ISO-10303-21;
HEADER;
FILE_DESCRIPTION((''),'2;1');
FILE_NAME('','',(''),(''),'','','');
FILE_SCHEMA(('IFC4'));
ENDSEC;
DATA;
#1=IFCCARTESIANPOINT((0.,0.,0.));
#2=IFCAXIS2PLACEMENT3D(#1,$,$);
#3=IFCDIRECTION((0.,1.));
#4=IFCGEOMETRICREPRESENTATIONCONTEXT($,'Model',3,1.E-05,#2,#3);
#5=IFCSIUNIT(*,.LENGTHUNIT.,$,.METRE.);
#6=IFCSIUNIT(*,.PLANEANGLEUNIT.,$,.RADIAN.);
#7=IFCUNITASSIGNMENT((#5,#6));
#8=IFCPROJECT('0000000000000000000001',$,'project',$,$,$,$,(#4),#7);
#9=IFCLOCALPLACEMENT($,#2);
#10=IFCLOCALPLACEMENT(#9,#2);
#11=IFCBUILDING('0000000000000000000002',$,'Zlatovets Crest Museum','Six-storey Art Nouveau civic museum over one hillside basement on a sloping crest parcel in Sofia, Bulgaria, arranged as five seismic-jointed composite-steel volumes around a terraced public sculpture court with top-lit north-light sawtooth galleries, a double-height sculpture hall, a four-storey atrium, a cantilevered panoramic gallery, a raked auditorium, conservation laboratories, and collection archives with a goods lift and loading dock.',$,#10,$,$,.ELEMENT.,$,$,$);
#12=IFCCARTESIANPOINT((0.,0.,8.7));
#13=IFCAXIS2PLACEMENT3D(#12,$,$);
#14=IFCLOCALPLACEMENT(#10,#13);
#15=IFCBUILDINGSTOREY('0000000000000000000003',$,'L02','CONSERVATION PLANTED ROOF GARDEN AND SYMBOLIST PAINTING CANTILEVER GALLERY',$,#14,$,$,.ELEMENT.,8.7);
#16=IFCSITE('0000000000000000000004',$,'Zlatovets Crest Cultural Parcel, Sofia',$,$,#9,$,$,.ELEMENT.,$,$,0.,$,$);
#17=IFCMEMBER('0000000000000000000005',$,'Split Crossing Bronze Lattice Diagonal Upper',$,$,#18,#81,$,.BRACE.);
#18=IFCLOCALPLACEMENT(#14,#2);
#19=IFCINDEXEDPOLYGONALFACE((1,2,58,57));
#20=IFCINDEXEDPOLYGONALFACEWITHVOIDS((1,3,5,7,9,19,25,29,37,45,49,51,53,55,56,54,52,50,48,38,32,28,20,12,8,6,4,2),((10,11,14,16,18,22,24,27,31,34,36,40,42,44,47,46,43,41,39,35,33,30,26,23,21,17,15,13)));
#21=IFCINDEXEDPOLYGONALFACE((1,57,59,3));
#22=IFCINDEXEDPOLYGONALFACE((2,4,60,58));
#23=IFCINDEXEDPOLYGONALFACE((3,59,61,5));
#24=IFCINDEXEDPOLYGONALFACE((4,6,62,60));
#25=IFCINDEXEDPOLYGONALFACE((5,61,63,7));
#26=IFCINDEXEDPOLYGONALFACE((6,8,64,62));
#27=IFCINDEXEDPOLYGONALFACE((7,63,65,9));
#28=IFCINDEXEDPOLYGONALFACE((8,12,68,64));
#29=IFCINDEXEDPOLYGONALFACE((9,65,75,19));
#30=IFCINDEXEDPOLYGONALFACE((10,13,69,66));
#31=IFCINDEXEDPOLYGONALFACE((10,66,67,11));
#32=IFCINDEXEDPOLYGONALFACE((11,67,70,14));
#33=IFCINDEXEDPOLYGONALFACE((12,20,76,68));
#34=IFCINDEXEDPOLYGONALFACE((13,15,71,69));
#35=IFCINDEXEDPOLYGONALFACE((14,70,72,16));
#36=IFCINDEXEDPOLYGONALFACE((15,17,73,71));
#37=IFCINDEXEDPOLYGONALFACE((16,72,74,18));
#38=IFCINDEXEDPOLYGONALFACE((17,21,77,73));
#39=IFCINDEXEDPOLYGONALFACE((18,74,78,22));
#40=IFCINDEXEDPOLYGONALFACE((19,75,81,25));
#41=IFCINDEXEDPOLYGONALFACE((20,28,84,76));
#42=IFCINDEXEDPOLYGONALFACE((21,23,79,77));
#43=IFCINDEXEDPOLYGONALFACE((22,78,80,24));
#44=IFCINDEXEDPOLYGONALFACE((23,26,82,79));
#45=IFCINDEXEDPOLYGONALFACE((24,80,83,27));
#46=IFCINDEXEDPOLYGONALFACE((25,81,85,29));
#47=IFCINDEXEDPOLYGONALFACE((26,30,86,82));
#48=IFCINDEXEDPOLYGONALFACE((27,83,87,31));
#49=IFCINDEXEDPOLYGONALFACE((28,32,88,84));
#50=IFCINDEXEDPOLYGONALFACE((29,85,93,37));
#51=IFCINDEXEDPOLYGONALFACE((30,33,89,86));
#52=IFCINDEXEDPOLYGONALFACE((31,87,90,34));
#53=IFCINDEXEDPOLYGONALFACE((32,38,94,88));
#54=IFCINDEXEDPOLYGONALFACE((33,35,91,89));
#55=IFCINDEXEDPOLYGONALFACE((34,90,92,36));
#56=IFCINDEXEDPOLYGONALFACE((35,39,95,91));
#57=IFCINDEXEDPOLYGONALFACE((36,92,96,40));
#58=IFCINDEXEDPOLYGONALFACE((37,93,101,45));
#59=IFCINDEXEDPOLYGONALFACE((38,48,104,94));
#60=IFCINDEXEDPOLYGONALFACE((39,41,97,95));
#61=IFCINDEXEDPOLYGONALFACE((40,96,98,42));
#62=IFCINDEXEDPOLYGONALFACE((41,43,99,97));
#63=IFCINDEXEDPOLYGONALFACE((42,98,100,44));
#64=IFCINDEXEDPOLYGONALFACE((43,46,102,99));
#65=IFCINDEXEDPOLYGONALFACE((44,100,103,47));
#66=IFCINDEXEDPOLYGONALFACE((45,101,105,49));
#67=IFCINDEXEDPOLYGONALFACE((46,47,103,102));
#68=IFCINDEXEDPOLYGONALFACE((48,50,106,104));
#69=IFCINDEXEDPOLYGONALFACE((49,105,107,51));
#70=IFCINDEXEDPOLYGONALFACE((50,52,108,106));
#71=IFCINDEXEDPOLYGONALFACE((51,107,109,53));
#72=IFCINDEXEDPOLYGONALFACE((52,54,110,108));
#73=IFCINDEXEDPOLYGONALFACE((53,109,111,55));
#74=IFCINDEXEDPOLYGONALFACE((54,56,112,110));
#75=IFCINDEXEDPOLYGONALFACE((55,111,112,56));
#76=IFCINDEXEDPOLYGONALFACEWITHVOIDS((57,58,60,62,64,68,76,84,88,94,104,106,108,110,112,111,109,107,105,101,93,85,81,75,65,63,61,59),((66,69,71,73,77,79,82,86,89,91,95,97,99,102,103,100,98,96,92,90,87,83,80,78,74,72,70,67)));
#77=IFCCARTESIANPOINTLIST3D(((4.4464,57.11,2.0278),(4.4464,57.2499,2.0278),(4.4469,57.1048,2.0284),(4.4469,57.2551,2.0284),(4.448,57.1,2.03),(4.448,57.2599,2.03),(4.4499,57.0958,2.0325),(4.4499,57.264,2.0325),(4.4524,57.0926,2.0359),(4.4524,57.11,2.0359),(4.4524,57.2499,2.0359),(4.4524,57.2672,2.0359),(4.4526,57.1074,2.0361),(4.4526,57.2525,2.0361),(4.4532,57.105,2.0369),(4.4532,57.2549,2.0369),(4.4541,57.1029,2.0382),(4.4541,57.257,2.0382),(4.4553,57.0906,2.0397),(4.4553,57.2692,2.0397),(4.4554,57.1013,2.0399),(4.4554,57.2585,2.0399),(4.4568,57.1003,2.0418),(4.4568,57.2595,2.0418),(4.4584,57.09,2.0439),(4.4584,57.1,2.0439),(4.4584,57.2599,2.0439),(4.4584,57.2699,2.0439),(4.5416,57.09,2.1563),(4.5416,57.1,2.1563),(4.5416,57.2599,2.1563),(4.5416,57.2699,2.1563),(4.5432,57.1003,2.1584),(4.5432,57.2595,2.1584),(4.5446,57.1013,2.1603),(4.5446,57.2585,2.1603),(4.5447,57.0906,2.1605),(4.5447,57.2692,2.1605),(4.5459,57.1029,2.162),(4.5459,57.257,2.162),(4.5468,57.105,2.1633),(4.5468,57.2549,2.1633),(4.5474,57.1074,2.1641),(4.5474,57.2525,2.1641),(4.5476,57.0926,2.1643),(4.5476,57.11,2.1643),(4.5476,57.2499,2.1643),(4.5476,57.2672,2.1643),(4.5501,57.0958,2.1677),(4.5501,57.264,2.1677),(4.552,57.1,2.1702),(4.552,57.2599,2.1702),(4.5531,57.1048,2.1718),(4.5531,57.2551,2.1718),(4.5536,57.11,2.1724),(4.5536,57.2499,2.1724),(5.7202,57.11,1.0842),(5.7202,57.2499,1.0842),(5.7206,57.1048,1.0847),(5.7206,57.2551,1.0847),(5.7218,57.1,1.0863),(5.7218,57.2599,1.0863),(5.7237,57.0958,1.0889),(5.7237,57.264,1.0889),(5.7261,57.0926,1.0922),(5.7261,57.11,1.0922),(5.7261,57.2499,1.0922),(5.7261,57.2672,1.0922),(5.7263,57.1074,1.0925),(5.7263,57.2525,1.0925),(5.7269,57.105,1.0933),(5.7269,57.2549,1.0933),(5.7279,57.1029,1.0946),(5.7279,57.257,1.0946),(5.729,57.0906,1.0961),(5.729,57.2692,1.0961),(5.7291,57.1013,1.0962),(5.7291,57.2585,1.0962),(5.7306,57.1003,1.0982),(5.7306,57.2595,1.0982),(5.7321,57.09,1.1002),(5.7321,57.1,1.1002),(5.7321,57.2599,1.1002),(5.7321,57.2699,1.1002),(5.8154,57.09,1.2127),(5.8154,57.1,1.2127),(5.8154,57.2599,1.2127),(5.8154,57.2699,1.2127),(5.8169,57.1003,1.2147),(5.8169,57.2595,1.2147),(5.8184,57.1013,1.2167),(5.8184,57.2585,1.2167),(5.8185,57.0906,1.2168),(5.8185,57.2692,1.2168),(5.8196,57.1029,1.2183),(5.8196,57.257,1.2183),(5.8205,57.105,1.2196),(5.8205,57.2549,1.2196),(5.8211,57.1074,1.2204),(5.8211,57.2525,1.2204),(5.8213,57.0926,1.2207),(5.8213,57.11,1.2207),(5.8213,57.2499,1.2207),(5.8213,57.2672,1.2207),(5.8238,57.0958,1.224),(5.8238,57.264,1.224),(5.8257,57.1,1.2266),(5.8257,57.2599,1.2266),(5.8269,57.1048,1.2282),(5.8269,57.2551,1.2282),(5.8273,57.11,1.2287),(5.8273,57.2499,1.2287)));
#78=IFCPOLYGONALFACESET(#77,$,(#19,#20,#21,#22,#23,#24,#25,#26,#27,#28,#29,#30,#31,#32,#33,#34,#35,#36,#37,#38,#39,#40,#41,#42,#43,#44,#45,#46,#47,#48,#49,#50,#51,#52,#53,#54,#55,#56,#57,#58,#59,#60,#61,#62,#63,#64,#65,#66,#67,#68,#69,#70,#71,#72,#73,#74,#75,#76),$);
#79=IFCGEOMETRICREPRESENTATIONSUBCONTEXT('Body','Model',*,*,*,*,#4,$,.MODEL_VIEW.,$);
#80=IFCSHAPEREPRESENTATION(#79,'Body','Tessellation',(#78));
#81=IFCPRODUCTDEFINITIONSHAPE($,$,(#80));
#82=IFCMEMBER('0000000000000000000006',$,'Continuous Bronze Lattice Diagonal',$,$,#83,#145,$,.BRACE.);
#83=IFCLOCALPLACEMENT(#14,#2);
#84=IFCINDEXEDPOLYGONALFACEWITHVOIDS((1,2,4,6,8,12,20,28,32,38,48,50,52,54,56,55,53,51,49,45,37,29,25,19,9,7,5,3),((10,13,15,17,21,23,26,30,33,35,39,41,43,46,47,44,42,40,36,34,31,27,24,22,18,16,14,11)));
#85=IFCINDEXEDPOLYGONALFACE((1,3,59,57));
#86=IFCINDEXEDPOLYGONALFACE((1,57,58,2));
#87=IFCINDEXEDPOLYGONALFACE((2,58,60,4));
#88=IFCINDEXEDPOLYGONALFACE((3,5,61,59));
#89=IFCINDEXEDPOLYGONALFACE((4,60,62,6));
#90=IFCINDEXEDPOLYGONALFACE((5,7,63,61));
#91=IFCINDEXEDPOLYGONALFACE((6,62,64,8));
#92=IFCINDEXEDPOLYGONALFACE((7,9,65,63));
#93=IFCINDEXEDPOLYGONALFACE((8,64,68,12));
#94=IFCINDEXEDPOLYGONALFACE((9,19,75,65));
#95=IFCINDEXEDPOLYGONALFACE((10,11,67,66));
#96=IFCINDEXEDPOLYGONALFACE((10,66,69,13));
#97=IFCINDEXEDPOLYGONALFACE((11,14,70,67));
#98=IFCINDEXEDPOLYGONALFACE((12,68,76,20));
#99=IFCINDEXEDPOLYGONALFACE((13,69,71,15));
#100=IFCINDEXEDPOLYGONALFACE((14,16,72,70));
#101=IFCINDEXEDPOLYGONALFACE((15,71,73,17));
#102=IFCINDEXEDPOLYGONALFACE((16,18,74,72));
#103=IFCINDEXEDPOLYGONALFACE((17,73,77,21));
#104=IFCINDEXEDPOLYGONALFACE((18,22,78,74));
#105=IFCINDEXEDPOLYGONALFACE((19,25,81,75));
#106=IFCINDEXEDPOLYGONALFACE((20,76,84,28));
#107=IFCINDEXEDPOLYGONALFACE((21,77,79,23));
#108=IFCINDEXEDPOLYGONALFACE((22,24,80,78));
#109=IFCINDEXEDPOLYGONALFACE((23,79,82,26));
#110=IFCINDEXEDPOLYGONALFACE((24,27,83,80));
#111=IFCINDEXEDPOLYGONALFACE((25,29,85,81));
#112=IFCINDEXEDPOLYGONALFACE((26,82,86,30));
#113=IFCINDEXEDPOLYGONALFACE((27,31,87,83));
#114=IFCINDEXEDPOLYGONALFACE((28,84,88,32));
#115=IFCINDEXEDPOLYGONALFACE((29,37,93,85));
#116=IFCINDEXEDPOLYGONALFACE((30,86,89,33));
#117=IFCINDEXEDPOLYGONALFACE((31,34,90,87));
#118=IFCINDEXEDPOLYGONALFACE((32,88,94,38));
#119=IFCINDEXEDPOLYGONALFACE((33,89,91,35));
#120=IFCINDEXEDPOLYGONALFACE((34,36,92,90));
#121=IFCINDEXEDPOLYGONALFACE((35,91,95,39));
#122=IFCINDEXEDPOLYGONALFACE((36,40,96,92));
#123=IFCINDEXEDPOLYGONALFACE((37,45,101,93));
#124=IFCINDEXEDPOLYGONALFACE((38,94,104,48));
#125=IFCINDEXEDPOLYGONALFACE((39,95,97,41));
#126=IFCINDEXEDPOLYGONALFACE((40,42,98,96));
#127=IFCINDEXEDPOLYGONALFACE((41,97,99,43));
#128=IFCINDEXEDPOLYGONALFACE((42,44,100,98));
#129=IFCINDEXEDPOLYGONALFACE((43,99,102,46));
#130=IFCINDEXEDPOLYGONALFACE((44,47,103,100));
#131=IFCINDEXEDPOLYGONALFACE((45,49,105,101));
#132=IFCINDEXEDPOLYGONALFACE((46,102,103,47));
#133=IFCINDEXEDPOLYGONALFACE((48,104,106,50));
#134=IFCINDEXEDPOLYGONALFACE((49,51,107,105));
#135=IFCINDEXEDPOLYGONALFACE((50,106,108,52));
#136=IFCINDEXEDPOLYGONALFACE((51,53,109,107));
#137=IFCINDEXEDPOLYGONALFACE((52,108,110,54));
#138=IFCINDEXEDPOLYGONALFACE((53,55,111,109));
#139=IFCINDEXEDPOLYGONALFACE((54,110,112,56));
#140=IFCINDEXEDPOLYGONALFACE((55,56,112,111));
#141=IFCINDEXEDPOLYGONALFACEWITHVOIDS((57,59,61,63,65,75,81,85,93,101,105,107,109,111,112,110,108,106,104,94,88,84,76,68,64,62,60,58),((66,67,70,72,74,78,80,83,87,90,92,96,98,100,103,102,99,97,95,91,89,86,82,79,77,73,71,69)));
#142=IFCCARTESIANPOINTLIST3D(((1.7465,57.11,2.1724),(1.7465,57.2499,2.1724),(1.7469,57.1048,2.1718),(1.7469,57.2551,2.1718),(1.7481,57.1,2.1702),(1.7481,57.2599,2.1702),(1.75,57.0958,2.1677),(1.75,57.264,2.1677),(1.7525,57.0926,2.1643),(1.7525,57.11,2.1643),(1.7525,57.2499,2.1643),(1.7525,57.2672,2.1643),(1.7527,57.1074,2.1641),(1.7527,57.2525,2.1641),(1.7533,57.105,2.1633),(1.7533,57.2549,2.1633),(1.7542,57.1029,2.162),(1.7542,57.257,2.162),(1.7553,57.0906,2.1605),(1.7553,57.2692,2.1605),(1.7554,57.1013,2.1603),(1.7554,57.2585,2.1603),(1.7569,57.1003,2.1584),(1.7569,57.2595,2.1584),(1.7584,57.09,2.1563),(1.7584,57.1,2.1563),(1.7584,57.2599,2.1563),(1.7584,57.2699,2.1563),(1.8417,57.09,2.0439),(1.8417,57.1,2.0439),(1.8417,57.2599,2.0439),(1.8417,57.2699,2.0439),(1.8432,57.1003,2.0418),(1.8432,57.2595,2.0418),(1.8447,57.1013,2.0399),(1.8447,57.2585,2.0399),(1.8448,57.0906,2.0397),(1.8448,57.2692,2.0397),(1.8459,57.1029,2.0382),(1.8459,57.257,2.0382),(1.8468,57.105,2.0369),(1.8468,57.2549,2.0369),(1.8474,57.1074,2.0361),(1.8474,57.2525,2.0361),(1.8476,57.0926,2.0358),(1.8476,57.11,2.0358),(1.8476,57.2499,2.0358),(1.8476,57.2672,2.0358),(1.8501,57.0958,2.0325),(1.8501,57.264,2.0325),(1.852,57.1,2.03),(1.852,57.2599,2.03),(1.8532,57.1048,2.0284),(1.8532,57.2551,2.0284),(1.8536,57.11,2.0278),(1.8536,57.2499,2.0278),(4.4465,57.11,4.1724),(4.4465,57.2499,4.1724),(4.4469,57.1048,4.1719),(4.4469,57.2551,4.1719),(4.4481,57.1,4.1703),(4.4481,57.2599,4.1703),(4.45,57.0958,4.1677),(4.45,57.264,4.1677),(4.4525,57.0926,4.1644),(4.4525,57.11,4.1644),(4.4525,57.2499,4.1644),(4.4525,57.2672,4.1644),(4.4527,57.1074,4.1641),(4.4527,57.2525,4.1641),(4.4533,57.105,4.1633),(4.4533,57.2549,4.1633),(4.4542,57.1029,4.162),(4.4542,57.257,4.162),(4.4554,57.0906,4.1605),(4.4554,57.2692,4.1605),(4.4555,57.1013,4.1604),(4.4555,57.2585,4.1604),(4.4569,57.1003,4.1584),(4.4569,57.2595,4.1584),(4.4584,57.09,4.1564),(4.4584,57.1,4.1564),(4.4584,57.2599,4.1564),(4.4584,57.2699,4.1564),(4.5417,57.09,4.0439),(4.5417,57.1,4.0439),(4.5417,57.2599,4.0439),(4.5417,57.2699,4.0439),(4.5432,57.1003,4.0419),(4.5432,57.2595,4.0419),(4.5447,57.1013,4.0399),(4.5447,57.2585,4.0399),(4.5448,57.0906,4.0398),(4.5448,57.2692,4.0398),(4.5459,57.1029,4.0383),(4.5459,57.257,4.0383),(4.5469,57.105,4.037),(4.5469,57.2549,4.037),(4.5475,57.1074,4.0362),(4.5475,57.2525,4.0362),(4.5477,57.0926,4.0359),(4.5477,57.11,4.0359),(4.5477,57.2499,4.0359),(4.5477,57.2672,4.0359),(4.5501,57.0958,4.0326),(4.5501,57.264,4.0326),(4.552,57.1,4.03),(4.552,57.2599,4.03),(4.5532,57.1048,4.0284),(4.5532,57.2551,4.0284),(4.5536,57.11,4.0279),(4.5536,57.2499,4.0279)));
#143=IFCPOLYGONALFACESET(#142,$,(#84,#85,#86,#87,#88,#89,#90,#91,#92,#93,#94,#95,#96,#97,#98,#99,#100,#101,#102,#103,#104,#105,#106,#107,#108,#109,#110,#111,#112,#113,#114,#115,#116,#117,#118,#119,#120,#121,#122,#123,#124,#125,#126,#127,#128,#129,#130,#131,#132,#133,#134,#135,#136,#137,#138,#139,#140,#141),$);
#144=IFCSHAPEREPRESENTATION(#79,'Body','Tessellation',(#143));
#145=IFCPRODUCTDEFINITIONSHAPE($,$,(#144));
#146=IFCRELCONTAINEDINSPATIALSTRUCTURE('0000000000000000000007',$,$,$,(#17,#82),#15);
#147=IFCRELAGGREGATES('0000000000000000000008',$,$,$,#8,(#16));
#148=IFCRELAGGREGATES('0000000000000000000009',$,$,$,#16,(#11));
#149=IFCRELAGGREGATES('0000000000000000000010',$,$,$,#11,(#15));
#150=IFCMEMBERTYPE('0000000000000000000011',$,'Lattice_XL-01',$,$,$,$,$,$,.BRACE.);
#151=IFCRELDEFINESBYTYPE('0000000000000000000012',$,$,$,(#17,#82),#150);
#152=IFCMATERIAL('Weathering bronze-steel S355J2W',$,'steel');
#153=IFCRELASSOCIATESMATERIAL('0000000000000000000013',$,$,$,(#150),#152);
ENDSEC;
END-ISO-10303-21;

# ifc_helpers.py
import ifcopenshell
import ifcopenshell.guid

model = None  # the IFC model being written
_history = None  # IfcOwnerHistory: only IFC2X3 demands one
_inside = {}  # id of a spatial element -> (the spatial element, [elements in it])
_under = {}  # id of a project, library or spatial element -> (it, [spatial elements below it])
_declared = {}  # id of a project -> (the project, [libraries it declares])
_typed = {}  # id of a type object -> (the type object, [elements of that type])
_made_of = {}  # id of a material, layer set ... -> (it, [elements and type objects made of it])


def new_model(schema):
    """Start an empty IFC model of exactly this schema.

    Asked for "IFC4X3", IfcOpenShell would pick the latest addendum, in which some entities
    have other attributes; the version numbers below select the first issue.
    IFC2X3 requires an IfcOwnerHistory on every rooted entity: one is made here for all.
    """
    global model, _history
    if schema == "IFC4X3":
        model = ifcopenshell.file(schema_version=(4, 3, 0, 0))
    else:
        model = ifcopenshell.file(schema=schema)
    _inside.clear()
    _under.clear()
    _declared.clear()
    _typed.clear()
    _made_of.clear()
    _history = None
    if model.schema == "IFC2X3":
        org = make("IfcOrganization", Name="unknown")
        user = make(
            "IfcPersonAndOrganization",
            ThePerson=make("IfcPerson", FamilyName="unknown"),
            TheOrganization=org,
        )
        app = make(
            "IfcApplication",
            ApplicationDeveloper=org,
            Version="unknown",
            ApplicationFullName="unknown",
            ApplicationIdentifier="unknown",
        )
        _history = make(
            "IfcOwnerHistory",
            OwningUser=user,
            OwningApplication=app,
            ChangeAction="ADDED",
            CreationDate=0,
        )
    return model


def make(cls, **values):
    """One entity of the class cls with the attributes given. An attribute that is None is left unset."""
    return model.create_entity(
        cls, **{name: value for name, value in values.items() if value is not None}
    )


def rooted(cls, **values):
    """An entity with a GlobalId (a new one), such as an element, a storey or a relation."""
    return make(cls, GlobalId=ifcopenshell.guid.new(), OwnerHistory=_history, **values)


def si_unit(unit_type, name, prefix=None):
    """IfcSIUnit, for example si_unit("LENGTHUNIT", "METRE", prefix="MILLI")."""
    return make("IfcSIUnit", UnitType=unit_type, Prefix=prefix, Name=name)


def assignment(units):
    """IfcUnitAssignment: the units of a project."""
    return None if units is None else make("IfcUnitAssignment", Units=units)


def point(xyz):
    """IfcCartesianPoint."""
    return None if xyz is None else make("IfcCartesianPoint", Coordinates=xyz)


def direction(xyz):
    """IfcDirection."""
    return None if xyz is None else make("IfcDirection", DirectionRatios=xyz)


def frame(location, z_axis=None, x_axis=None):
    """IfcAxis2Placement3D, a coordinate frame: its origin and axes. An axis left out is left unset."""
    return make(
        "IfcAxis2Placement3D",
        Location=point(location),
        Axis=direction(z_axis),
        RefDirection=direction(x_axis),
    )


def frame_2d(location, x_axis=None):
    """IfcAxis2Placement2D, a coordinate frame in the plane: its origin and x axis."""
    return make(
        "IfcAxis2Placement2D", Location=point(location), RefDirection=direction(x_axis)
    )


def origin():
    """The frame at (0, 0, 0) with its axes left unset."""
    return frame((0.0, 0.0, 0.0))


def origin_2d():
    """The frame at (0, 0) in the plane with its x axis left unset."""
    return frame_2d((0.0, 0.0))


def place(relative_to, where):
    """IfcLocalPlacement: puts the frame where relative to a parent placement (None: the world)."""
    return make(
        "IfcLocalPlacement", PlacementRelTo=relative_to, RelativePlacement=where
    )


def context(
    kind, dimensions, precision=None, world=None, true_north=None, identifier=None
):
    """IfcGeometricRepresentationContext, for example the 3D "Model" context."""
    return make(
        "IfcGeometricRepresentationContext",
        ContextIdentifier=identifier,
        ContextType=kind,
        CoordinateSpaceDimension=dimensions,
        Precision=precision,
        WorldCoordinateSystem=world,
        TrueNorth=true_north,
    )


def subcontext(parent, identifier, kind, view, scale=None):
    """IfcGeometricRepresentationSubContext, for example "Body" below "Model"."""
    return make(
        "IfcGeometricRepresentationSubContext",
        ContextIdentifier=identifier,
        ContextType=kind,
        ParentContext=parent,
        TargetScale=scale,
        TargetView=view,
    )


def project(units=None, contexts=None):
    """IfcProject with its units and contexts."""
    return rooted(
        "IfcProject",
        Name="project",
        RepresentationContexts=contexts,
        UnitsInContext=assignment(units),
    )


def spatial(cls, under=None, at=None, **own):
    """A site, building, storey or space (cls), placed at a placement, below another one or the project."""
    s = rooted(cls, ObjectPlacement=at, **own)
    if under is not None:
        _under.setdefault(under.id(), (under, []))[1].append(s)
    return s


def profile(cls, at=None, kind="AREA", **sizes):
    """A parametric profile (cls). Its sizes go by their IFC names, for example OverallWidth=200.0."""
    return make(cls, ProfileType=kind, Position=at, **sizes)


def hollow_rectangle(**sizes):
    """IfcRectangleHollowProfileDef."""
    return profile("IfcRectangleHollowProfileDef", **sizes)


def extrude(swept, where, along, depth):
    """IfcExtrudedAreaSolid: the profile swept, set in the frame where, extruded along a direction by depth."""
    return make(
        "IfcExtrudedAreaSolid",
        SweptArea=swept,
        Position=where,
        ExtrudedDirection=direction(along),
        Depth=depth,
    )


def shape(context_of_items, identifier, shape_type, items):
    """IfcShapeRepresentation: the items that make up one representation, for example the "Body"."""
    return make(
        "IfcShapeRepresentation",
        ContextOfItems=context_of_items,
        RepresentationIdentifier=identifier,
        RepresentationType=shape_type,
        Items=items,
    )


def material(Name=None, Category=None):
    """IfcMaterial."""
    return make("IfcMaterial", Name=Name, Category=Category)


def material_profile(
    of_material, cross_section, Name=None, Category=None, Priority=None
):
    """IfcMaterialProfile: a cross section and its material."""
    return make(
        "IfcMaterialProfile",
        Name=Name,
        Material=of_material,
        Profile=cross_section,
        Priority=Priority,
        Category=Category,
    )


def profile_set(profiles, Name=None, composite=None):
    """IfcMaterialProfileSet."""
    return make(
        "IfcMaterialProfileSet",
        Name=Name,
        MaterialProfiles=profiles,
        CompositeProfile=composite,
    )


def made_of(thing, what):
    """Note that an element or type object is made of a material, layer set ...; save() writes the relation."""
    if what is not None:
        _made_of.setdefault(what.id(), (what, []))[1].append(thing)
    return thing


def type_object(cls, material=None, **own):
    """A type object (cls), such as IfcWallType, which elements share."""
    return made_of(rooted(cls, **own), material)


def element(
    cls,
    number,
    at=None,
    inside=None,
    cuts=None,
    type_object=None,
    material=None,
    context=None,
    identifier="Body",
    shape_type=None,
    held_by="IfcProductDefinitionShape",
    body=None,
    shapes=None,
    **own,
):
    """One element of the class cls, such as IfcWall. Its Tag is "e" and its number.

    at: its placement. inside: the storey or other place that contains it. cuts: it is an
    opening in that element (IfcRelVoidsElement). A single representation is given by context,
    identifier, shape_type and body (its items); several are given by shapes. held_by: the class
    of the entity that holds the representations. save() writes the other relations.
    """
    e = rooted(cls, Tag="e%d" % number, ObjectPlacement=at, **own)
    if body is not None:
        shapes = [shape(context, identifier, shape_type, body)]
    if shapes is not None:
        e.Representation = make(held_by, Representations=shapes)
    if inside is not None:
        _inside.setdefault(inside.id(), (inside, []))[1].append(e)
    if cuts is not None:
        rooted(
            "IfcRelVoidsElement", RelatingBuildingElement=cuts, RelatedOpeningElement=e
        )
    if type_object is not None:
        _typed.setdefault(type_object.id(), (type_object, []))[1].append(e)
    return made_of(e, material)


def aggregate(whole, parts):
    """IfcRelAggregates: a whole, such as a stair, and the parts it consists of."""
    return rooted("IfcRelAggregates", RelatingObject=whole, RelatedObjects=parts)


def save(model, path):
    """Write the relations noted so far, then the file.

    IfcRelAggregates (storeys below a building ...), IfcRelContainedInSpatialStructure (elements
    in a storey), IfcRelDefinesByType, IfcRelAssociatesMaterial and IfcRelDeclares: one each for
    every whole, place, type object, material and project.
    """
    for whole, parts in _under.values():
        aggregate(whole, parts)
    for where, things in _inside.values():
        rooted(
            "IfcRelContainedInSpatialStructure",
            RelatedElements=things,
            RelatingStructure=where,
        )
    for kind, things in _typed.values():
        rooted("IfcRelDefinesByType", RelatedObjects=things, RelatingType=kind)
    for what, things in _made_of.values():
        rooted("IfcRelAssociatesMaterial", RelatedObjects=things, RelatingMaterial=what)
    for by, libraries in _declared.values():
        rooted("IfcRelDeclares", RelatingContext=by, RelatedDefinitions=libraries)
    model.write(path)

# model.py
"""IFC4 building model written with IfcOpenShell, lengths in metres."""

from ifc_helpers import new_model, si_unit, direction, frame, origin, origin_2d, place, context, subcontext, project, spatial, hollow_rectangle, extrude, material, material_profile, profile_set, type_object, element, save


model = new_model("IFC4")

# Units and contexts
model_context = context("Model", 3, precision=1e-05, world=origin(), true_north=direction((0.0, 1.0)))
body_context = subcontext(model_context, "Body", "Model", "MODEL_VIEW")
ifc_project = project(units=[si_unit("LENGTHUNIT", "METRE"), si_unit("PLANEANGLEUNIT", "RADIAN")], contexts=[model_context])

# Site, building, storey
site_placement = place(None, origin())
site = spatial("IfcSite", under=ifc_project, at=site_placement, Name="Zlatovets Crest Cultural Parcel, Sofia", CompositionType="ELEMENT", RefElevation=0.0)
building_placement = place(site_placement, origin())
building = spatial("IfcBuilding", under=site, at=building_placement, Name="Zlatovets Crest Museum", Description="Six-storey Art Nouveau civic museum over one hillside basement on a sloping crest parcel in Sofia, Bulgaria, arranged as five seismic-jointed composite-steel volumes around a terraced public sculpture court with top-lit north-light sawtooth galleries, a double-height sculpture hall, a four-storey atrium, a cantilevered panoramic gallery, a raked auditorium, conservation laboratories, and collection archives with a goods lift and loading dock.", CompositionType="ELEMENT")
storey_placement = place(building_placement, frame((0.0, 0.0, 8.7)))
storey = spatial("IfcBuildingStorey", under=building, at=storey_placement, Name="L02", Description="CONSERVATION PLANTED ROOF GARDEN AND SYMBOLIST PAINTING CANTILEVER GALLERY", CompositionType="ELEMENT", Elevation=8.7)

# Members
ifc_material_1 = material(Name="Weathering bronze-steel S355J2W", Category="steel")
ifc_material_profile_1 = material_profile(ifc_material_1, hollow_rectangle(XDim=0.1799, YDim=0.1799, WallThickness=0.01, InnerFilletRadius=0.01, OuterFilletRadius=0.02, at=origin_2d()), Name="SHS 180x180x10.0")
ifc_profile_set_1 = profile_set([ifc_material_profile_1], Name="Weathering bronze-steel S355J2W")
member_type_1 = type_object("IfcMemberType", Name="Lattice_XL-01", PredefinedType="BRACE", material=ifc_profile_set_1)
member_1_placement = place(storey_placement, frame((4.5, 57.1799, 2.1001), z_axis=(0.803516, 0.0, -0.595283), x_axis=(0.0, 1.0, 0.0)))
element("IfcMember", 1, at=member_1_placement, inside=storey, type_object=member_type_1, Name="Split Crossing Bronze Lattice Diagonal Upper", PredefinedType="BRACE", context=body_context, shape_type="SweptSolid", body=[
    extrude(hollow_rectangle(XDim=0.1799, YDim=0.1799, WallThickness=0.01, InnerFilletRadius=0.01, OuterFilletRadius=0.02, at=origin_2d()), origin(), (0.0, 0.0, 1.0), 1.5852),
])
member_2_placement = place(storey_placement, frame((1.8, 57.1799, 2.1001), z_axis=(0.803552, 0.0, 0.595235), x_axis=(0.0, 1.0, 0.0)))
element("IfcMember", 2, at=member_2_placement, inside=storey, type_object=member_type_1, Name="Continuous Bronze Lattice Diagonal", PredefinedType="BRACE", context=body_context, shape_type="SweptSolid", body=[
    extrude(hollow_rectangle(XDim=0.1799, YDim=0.1799, WallThickness=0.01, InnerFilletRadius=0.01, OuterFilletRadius=0.02, at=origin_2d()), origin(), (0.0, 0.0, 1.0), 3.3601),
])

save(model, "model.ifc")
